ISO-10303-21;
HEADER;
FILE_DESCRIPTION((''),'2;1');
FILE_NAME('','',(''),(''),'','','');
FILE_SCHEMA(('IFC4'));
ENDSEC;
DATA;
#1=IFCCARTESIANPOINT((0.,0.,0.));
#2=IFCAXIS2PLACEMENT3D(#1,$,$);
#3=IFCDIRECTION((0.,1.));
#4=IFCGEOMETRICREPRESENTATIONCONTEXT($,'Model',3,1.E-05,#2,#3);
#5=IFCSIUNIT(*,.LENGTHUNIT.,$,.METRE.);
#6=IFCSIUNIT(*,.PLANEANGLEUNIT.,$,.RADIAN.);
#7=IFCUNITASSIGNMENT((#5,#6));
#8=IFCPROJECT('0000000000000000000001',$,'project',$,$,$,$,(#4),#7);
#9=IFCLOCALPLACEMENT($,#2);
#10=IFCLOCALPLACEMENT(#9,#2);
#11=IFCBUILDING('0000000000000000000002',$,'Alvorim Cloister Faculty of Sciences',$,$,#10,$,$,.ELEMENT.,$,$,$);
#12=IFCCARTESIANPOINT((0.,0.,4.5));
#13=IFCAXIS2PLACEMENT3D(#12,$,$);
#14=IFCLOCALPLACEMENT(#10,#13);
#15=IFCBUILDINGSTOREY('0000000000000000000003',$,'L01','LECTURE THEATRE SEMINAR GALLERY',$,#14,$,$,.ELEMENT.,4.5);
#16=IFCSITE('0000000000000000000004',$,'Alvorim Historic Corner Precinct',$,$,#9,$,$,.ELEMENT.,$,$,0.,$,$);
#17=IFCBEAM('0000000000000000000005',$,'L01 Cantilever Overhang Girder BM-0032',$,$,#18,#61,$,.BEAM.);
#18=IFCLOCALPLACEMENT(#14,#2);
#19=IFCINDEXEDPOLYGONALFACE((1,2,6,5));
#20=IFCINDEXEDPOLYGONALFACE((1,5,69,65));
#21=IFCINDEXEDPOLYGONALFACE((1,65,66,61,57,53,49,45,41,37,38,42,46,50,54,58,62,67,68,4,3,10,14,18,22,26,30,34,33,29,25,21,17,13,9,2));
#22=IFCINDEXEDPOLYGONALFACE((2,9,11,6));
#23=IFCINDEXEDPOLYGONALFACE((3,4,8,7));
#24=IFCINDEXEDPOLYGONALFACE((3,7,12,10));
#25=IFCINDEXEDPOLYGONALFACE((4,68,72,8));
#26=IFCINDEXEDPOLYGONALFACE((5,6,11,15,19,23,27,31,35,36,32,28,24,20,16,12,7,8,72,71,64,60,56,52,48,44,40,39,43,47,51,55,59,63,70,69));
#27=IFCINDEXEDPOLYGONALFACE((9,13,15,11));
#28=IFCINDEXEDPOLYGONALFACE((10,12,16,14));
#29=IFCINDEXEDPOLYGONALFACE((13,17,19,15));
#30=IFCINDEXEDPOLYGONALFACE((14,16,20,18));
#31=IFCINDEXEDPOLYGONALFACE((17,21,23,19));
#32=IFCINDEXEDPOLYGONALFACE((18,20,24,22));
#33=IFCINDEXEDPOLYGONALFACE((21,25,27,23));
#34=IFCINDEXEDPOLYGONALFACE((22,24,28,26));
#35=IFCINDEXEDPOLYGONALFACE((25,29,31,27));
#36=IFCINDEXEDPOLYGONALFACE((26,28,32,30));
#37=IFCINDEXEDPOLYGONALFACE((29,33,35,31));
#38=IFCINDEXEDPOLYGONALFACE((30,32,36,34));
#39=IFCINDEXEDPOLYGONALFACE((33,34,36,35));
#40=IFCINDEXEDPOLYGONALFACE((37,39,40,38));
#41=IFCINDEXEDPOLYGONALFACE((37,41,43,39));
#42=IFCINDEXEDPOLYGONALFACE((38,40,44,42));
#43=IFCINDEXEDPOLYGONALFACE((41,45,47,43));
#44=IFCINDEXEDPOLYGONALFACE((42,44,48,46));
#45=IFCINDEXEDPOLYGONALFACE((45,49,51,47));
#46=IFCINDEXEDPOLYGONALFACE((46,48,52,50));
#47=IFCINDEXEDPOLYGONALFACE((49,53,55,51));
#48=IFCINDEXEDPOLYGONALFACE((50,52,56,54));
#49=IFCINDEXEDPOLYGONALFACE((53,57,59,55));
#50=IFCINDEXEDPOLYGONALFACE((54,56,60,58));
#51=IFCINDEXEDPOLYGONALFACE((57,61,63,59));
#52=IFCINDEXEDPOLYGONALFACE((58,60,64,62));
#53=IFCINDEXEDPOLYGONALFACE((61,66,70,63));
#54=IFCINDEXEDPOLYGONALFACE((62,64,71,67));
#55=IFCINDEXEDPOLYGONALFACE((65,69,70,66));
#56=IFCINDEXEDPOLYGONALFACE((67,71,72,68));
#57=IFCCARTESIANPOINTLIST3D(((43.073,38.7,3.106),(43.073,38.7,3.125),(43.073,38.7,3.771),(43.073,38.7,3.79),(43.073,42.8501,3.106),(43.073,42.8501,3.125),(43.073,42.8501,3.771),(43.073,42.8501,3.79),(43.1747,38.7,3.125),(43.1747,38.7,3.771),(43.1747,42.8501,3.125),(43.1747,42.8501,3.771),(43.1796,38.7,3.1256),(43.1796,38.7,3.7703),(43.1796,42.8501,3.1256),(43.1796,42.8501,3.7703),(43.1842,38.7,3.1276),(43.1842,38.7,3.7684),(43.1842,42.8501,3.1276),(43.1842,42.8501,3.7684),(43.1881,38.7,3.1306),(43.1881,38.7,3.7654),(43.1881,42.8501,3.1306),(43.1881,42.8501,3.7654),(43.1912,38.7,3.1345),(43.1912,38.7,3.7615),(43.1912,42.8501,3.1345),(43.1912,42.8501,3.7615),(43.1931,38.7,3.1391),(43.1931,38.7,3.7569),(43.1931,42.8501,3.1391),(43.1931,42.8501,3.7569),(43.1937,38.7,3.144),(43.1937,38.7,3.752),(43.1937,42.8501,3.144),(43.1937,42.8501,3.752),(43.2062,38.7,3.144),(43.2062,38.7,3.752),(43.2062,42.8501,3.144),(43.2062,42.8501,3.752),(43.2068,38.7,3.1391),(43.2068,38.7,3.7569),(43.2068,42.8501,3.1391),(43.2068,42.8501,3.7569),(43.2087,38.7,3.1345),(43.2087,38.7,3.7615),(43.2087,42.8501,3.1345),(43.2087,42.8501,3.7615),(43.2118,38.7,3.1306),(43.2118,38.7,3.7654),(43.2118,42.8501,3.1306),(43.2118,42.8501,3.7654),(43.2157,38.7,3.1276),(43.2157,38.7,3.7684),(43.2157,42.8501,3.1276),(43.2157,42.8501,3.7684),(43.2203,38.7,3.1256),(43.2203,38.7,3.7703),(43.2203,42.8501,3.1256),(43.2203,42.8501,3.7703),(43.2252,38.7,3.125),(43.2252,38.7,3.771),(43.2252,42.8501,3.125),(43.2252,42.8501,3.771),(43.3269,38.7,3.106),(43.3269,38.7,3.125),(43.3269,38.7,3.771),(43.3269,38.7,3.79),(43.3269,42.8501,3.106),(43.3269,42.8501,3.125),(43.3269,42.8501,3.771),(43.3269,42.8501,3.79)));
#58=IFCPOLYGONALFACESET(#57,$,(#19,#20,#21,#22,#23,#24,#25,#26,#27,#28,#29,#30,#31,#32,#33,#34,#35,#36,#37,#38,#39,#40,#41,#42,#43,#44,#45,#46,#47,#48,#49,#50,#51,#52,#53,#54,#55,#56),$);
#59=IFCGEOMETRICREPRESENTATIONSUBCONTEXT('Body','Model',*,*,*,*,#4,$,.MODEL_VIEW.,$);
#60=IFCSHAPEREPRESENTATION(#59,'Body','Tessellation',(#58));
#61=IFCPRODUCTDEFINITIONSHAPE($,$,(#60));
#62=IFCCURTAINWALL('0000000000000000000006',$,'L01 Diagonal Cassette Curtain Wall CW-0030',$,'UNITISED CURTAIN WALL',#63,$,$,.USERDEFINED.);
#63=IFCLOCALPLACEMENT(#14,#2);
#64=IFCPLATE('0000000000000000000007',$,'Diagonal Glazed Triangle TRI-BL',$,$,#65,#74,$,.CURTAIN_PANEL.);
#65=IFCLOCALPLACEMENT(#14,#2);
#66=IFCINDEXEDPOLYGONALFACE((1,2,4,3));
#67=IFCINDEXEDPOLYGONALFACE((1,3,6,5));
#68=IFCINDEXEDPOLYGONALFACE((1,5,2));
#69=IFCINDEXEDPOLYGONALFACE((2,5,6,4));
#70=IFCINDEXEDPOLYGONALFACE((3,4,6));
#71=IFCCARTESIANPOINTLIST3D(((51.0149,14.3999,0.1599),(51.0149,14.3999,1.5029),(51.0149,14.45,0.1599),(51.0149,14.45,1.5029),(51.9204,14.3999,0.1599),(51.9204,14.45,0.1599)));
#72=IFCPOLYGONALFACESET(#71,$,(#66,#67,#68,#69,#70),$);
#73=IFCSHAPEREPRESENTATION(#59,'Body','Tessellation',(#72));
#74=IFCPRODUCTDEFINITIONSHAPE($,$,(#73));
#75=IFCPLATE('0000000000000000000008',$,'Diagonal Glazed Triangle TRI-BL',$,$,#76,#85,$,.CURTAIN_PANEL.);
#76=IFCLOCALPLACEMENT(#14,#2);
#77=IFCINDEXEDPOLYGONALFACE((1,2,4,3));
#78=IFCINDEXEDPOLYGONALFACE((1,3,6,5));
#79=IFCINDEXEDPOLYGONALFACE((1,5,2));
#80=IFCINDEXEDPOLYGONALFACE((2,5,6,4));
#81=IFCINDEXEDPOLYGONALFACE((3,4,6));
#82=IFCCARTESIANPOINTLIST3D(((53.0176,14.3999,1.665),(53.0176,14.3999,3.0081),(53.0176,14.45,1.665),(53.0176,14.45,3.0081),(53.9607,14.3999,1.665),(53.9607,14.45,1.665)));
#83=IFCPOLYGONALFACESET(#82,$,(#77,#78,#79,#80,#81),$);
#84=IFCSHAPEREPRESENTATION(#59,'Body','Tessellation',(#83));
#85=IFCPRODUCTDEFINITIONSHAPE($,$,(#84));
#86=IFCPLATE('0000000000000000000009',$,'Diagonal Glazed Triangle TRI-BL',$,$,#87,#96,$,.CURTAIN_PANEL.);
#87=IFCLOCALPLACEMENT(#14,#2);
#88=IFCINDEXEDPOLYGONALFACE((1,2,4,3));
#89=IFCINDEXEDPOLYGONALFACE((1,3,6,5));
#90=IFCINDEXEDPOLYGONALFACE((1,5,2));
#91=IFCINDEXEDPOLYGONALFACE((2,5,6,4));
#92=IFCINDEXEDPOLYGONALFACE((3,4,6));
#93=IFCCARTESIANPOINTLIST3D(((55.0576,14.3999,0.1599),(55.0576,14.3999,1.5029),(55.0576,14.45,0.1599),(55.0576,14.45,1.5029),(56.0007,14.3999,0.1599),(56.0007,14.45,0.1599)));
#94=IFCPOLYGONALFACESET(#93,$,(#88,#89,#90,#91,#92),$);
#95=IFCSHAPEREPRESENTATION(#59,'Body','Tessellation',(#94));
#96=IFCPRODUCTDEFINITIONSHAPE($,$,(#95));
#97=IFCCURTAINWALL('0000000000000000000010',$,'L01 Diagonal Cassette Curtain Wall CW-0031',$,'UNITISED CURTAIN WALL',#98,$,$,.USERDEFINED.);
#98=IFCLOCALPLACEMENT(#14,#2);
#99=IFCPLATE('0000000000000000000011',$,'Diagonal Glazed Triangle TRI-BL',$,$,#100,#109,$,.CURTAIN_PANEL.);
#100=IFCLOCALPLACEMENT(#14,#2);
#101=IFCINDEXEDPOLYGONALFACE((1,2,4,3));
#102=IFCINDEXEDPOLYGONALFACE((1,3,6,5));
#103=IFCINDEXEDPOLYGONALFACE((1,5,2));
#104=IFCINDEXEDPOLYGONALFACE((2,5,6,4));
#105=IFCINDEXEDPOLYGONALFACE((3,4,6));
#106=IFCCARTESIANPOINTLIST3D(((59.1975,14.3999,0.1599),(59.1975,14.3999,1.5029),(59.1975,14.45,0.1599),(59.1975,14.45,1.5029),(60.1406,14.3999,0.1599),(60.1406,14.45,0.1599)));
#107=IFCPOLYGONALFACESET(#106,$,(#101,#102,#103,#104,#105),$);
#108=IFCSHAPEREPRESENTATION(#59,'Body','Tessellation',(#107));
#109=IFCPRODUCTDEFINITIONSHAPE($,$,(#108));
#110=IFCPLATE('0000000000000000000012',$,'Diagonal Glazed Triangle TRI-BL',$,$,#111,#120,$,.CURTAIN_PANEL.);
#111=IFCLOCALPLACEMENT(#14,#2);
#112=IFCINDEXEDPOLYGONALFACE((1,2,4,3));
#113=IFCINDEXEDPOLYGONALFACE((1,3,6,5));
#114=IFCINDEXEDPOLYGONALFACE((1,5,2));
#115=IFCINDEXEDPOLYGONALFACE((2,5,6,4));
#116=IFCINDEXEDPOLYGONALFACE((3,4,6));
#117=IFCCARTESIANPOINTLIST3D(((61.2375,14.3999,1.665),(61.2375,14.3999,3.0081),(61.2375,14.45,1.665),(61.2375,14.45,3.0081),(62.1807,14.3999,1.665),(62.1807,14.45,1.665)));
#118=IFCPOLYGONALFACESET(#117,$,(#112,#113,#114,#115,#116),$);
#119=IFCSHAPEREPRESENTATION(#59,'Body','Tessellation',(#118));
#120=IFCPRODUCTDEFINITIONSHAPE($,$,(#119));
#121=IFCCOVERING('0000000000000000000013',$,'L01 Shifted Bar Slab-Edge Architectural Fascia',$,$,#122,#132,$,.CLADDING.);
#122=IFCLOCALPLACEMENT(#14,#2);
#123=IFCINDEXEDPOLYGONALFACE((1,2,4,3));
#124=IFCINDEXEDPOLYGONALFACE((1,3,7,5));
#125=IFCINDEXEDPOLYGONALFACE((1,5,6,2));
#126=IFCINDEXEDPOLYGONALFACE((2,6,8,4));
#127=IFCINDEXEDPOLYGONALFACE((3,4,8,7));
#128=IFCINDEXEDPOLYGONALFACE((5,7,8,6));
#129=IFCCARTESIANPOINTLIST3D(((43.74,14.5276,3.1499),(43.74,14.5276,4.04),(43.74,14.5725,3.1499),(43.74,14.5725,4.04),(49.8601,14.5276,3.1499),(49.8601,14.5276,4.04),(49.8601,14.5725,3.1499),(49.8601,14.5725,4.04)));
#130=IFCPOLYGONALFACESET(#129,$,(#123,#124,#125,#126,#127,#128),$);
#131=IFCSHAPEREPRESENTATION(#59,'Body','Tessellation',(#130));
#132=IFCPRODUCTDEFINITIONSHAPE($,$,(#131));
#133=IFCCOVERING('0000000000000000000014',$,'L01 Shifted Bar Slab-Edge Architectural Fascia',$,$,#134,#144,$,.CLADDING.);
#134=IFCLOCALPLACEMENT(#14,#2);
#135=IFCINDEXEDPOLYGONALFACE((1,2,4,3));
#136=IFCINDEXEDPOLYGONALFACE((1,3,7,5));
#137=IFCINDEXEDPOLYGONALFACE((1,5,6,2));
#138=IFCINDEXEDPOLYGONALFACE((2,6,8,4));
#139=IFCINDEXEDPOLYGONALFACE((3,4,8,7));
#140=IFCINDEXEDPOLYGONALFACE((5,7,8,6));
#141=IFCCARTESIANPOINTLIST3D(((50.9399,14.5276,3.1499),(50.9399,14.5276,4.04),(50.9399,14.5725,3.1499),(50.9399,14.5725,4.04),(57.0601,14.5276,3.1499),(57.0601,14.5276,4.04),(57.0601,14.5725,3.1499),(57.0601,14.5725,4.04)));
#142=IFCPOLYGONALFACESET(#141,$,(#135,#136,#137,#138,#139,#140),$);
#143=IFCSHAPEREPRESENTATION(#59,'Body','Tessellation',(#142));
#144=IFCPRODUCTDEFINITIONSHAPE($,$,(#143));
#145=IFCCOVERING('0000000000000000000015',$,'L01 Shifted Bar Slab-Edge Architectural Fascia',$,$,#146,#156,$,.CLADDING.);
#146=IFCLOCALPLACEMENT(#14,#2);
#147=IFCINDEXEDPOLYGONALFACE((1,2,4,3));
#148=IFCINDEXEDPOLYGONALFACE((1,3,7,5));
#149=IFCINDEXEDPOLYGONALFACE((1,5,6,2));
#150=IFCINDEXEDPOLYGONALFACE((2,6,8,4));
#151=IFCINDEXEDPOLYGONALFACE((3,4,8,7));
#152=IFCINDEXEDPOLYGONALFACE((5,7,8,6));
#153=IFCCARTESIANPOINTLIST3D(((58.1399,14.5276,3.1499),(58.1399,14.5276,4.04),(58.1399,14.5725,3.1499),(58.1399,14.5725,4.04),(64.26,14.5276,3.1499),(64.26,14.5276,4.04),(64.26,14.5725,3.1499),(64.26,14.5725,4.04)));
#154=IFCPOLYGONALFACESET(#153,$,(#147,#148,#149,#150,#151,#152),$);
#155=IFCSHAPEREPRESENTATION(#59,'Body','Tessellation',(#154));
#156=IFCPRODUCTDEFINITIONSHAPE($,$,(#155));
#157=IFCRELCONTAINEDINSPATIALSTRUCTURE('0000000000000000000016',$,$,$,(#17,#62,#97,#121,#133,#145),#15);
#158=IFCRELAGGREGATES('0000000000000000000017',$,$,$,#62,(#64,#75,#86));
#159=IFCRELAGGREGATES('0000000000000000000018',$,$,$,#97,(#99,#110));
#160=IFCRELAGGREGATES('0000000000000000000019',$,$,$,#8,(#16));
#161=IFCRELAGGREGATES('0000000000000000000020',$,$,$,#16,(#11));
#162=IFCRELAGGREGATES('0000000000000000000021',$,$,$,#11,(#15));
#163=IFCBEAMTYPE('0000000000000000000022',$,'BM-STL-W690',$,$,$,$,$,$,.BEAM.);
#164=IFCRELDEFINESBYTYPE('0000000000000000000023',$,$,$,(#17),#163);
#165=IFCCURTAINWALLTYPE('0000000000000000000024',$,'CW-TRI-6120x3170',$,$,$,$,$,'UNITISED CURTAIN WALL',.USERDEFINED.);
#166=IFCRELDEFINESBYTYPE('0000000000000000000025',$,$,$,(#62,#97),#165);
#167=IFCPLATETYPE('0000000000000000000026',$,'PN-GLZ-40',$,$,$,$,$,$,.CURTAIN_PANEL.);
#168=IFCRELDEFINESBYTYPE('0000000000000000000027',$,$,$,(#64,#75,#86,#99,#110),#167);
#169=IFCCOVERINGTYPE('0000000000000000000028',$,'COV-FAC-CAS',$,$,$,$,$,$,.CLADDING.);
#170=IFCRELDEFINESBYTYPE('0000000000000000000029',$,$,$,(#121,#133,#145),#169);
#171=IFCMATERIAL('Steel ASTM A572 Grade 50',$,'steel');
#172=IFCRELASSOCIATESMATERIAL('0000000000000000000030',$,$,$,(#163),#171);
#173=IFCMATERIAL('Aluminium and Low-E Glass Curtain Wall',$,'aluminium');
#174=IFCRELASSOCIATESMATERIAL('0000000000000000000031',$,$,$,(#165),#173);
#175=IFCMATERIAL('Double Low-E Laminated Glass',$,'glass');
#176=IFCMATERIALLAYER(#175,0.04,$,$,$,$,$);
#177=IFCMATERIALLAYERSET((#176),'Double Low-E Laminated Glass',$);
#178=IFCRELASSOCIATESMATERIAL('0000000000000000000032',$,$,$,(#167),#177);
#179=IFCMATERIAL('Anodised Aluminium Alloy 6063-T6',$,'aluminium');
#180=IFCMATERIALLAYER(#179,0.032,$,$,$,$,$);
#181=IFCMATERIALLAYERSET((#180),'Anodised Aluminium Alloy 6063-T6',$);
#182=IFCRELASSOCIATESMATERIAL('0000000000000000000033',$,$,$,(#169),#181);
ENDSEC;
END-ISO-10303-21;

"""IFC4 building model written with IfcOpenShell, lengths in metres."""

from ifc_helpers import new_model, si_unit, direction, frame, origin, origin_2d, place, context, subcontext, project, spatial, polyline, i_section, outline, extrude, material, layer, layer_set, material_profile, profile_set, type_object, element, aggregate, save


model = new_model("IFC4")

# Units and contexts
model_context = context("Model", 3, precision=1e-05, world=origin(), true_north=direction((0.0, 1.0)))
body_context = subcontext(model_context, "Body", "Model", "MODEL_VIEW")
ifc_project = project(units=[si_unit("LENGTHUNIT", "METRE"), si_unit("PLANEANGLEUNIT", "RADIAN")], contexts=[model_context])

# Site, building, storey
site_placement = place(None, origin())
site = spatial("IfcSite", under=ifc_project, at=site_placement, Name="Alvorim Historic Corner Precinct", CompositionType="ELEMENT", RefElevation=0.0)
building_placement = place(site_placement, origin())
building = spatial("IfcBuilding", under=site, at=building_placement, Name="Alvorim Cloister Faculty of Sciences", CompositionType="ELEMENT")
storey_placement = place(building_placement, frame((0.0, 0.0, 4.5)))
storey = spatial("IfcBuildingStorey", under=building, at=storey_placement, Name="L01", Description="LECTURE THEATRE SEMINAR GALLERY", CompositionType="ELEMENT", Elevation=4.5)

# Beam
ifc_material_1 = material(Name="Steel ASTM A572 Grade 50", Category="steel")
ifc_material_profile = material_profile(ifc_material_1, i_section(OverallWidth=0.2539, OverallDepth=0.6841, WebThickness=0.0125, FlangeThickness=0.019, FilletRadius=0.019, at=origin_2d()), Name="W690x140.0")
ifc_profile_set = profile_set([ifc_material_profile], Name="Steel ASTM A572 Grade 50")
beam_type = type_object("IfcBeamType", Name="BM-STL-W690", PredefinedType="BEAM", material=ifc_profile_set)
beam_placement = place(storey_placement, frame((43.2, 38.7, 3.448), z_axis=(0.0, 1.0, 0.0), x_axis=(-1.0, 0.0, 0.0)))
element("IfcBeam", 1, at=beam_placement, inside=storey, type_object=beam_type, Name="L01 Cantilever Overhang Girder BM-0032", PredefinedType="BEAM", context=body_context, shape_type="SweptSolid", body=[
    extrude(i_section(OverallWidth=0.2539, OverallDepth=0.6841, WebThickness=0.0125, FlangeThickness=0.019, FilletRadius=0.019, at=origin_2d()), origin(), (0.0, 0.0, 1.0), 4.1501),
])

# Curtain walls, plates
ifc_material_2 = material(Name="Aluminium and Low-E Glass Curtain Wall", Category="aluminium")
curtain_wall_type = type_object("IfcCurtainWallType", Name="CW-TRI-6120x3170", ElementType="UNITISED CURTAIN WALL", PredefinedType="USERDEFINED", material=ifc_material_2)
curtain_wall_1_placement = place(storey_placement, origin())
curtain_wall_1 = element("IfcCurtainWall", 2, at=curtain_wall_1_placement, inside=storey, type_object=curtain_wall_type, Name="L01 Diagonal Cassette Curtain Wall CW-0030", ObjectType="UNITISED CURTAIN WALL", PredefinedType="USERDEFINED")
ifc_material_3 = material(Name="Double Low-E Laminated Glass", Category="glass")
ifc_layer_1 = layer(ifc_material_3, 0.04)
ifc_layer_set_1 = layer_set([ifc_layer_1], Name="Double Low-E Laminated Glass")
plate_type = type_object("IfcPlateType", Name="PN-GLZ-40", PredefinedType="CURTAIN_PANEL", material=ifc_layer_set_1)
plate_1_placement = place(storey_placement, frame((51.0149, 14.425, 0.1599), z_axis=(0.0, 0.0, 1.0), x_axis=(1.0, 0.0, 0.0)))
plate_1 = element("IfcPlate", 3, at=plate_1_placement, type_object=plate_type, Name="Diagonal Glazed Triangle TRI-BL", PredefinedType="CURTAIN_PANEL", context=body_context, shape_type="SweptSolid", body=[
    extrude(outline(polyline([(0.0, 0.0), (0.9055, 0.0), (0.0, 1.343), (0.0, 0.0)])), frame((0.0, 0.0249, 0.0), z_axis=(0.0, -1.0, 0.0), x_axis=(1.0, 0.0, 0.0)), (0.0, 0.0, 1.0), 0.05),
])
plate_2_placement = place(storey_placement, frame((53.0176, 14.425, 1.665), z_axis=(0.0, 0.0, 1.0), x_axis=(1.0, 0.0, 0.0)))
plate_2 = element("IfcPlate", 4, at=plate_2_placement, type_object=plate_type, Name="Diagonal Glazed Triangle TRI-BL", PredefinedType="CURTAIN_PANEL", context=body_context, shape_type="SweptSolid", body=[
    extrude(outline(polyline([(0.0, 0.0), (0.9431, 0.0), (0.0, 1.343), (0.0, 0.0)])), frame((0.0, 0.0249, 0.0), z_axis=(0.0, -1.0, 0.0), x_axis=(1.0, 0.0, 0.0)), (0.0, 0.0, 1.0), 0.05),
])
plate_3_placement = place(storey_placement, frame((55.0576, 14.425, 0.1599), z_axis=(0.0, 0.0, 1.0), x_axis=(1.0, 0.0, 0.0)))
plate_3 = element("IfcPlate", 5, at=plate_3_placement, type_object=plate_type, Name="Diagonal Glazed Triangle TRI-BL", PredefinedType="CURTAIN_PANEL", context=body_context, shape_type="SweptSolid", body=[
    extrude(outline(polyline([(0.0, 0.0), (0.9431, 0.0), (0.0, 1.343), (0.0, 0.0)])), frame((0.0, 0.0249, 0.0), z_axis=(0.0, -1.0, 0.0), x_axis=(1.0, 0.0, 0.0)), (0.0, 0.0, 1.0), 0.05),
])
aggregate(curtain_wall_1, [plate_1, plate_2, plate_3])
curtain_wall_2_placement = place(storey_placement, origin())
curtain_wall_2 = element("IfcCurtainWall", 6, at=curtain_wall_2_placement, inside=storey, type_object=curtain_wall_type, Name="L01 Diagonal Cassette Curtain Wall CW-0031", ObjectType="UNITISED CURTAIN WALL", PredefinedType="USERDEFINED")
plate_4_placement = place(storey_placement, frame((59.1975, 14.425, 0.1599), z_axis=(0.0, 0.0, 1.0), x_axis=(1.0, 0.0, 0.0)))
plate_4 = element("IfcPlate", 7, at=plate_4_placement, type_object=plate_type, Name="Diagonal Glazed Triangle TRI-BL", PredefinedType="CURTAIN_PANEL", context=body_context, shape_type="SweptSolid", body=[
    extrude(outline(polyline([(0.0, 0.0), (0.9431, 0.0), (0.0, 1.343), (0.0, 0.0)])), frame((0.0, 0.0249, 0.0), z_axis=(0.0, -1.0, 0.0), x_axis=(1.0, 0.0, 0.0)), (0.0, 0.0, 1.0), 0.05),
])
plate_5_placement = place(storey_placement, frame((61.2375, 14.425, 1.665), z_axis=(0.0, 0.0, 1.0), x_axis=(1.0, 0.0, 0.0)))
plate_5 = element("IfcPlate", 8, at=plate_5_placement, type_object=plate_type, Name="Diagonal Glazed Triangle TRI-BL", PredefinedType="CURTAIN_PANEL", context=body_context, shape_type="SweptSolid", body=[
    extrude(outline(polyline([(0.0, 0.0), (0.9431, 0.0), (0.0, 1.343), (0.0, 0.0)])), frame((0.0, 0.0249, 0.0), z_axis=(0.0, -1.0, 0.0), x_axis=(1.0, 0.0, 0.0)), (0.0, 0.0, 1.0), 0.05),
])
aggregate(curtain_wall_2, [plate_4, plate_5])

# Coverings
ifc_material_4 = material(Name="Anodised Aluminium Alloy 6063-T6", Category="aluminium")
ifc_layer_2 = layer(ifc_material_4, 0.032)
ifc_layer_set_2 = layer_set([ifc_layer_2], Name="Anodised Aluminium Alloy 6063-T6")
covering_type = type_object("IfcCoveringType", Name="COV-FAC-CAS", PredefinedType="CLADDING", material=ifc_layer_set_2)
for number, where, z_axis, x_axis, name in (
    (9, (43.74, 14.55, 3.1499), (0.0, 0.0, 1.0), (1.0, 0.0, 0.0), "L01 Shifted Bar Slab-Edge Architectural Fascia"),
    (10, (50.9399, 14.55, 3.1499), (0.0, 0.0, 1.0), (1.0, 0.0, 0.0), "L01 Shifted Bar Slab-Edge Architectural Fascia"),
    (11, (58.1399, 14.55, 3.1499), (0.0, 0.0, 1.0), (1.0, 0.0, 0.0), "L01 Shifted Bar Slab-Edge Architectural Fascia"),
):
    element("IfcCovering", number, at=place(storey_placement, frame(where, z_axis=z_axis, x_axis=x_axis)), inside=storey, type_object=covering_type, Name=name, PredefinedType="CLADDING", context=body_context, shape_type="SweptSolid", body=[
        extrude(outline(polyline([(0.0, 0.0), (6.1201, 0.0), (6.1201, 0.8901), (0.0, 0.8901), (0.0, 0.0)])), frame((0.0, 0.0225, 0.0), z_axis=(0.0, -1.0, 0.0), x_axis=(1.0, 0.0, 0.0)), (0.0, 0.0, 1.0), 0.0449),
    ])

save(model, "model.ifc")
